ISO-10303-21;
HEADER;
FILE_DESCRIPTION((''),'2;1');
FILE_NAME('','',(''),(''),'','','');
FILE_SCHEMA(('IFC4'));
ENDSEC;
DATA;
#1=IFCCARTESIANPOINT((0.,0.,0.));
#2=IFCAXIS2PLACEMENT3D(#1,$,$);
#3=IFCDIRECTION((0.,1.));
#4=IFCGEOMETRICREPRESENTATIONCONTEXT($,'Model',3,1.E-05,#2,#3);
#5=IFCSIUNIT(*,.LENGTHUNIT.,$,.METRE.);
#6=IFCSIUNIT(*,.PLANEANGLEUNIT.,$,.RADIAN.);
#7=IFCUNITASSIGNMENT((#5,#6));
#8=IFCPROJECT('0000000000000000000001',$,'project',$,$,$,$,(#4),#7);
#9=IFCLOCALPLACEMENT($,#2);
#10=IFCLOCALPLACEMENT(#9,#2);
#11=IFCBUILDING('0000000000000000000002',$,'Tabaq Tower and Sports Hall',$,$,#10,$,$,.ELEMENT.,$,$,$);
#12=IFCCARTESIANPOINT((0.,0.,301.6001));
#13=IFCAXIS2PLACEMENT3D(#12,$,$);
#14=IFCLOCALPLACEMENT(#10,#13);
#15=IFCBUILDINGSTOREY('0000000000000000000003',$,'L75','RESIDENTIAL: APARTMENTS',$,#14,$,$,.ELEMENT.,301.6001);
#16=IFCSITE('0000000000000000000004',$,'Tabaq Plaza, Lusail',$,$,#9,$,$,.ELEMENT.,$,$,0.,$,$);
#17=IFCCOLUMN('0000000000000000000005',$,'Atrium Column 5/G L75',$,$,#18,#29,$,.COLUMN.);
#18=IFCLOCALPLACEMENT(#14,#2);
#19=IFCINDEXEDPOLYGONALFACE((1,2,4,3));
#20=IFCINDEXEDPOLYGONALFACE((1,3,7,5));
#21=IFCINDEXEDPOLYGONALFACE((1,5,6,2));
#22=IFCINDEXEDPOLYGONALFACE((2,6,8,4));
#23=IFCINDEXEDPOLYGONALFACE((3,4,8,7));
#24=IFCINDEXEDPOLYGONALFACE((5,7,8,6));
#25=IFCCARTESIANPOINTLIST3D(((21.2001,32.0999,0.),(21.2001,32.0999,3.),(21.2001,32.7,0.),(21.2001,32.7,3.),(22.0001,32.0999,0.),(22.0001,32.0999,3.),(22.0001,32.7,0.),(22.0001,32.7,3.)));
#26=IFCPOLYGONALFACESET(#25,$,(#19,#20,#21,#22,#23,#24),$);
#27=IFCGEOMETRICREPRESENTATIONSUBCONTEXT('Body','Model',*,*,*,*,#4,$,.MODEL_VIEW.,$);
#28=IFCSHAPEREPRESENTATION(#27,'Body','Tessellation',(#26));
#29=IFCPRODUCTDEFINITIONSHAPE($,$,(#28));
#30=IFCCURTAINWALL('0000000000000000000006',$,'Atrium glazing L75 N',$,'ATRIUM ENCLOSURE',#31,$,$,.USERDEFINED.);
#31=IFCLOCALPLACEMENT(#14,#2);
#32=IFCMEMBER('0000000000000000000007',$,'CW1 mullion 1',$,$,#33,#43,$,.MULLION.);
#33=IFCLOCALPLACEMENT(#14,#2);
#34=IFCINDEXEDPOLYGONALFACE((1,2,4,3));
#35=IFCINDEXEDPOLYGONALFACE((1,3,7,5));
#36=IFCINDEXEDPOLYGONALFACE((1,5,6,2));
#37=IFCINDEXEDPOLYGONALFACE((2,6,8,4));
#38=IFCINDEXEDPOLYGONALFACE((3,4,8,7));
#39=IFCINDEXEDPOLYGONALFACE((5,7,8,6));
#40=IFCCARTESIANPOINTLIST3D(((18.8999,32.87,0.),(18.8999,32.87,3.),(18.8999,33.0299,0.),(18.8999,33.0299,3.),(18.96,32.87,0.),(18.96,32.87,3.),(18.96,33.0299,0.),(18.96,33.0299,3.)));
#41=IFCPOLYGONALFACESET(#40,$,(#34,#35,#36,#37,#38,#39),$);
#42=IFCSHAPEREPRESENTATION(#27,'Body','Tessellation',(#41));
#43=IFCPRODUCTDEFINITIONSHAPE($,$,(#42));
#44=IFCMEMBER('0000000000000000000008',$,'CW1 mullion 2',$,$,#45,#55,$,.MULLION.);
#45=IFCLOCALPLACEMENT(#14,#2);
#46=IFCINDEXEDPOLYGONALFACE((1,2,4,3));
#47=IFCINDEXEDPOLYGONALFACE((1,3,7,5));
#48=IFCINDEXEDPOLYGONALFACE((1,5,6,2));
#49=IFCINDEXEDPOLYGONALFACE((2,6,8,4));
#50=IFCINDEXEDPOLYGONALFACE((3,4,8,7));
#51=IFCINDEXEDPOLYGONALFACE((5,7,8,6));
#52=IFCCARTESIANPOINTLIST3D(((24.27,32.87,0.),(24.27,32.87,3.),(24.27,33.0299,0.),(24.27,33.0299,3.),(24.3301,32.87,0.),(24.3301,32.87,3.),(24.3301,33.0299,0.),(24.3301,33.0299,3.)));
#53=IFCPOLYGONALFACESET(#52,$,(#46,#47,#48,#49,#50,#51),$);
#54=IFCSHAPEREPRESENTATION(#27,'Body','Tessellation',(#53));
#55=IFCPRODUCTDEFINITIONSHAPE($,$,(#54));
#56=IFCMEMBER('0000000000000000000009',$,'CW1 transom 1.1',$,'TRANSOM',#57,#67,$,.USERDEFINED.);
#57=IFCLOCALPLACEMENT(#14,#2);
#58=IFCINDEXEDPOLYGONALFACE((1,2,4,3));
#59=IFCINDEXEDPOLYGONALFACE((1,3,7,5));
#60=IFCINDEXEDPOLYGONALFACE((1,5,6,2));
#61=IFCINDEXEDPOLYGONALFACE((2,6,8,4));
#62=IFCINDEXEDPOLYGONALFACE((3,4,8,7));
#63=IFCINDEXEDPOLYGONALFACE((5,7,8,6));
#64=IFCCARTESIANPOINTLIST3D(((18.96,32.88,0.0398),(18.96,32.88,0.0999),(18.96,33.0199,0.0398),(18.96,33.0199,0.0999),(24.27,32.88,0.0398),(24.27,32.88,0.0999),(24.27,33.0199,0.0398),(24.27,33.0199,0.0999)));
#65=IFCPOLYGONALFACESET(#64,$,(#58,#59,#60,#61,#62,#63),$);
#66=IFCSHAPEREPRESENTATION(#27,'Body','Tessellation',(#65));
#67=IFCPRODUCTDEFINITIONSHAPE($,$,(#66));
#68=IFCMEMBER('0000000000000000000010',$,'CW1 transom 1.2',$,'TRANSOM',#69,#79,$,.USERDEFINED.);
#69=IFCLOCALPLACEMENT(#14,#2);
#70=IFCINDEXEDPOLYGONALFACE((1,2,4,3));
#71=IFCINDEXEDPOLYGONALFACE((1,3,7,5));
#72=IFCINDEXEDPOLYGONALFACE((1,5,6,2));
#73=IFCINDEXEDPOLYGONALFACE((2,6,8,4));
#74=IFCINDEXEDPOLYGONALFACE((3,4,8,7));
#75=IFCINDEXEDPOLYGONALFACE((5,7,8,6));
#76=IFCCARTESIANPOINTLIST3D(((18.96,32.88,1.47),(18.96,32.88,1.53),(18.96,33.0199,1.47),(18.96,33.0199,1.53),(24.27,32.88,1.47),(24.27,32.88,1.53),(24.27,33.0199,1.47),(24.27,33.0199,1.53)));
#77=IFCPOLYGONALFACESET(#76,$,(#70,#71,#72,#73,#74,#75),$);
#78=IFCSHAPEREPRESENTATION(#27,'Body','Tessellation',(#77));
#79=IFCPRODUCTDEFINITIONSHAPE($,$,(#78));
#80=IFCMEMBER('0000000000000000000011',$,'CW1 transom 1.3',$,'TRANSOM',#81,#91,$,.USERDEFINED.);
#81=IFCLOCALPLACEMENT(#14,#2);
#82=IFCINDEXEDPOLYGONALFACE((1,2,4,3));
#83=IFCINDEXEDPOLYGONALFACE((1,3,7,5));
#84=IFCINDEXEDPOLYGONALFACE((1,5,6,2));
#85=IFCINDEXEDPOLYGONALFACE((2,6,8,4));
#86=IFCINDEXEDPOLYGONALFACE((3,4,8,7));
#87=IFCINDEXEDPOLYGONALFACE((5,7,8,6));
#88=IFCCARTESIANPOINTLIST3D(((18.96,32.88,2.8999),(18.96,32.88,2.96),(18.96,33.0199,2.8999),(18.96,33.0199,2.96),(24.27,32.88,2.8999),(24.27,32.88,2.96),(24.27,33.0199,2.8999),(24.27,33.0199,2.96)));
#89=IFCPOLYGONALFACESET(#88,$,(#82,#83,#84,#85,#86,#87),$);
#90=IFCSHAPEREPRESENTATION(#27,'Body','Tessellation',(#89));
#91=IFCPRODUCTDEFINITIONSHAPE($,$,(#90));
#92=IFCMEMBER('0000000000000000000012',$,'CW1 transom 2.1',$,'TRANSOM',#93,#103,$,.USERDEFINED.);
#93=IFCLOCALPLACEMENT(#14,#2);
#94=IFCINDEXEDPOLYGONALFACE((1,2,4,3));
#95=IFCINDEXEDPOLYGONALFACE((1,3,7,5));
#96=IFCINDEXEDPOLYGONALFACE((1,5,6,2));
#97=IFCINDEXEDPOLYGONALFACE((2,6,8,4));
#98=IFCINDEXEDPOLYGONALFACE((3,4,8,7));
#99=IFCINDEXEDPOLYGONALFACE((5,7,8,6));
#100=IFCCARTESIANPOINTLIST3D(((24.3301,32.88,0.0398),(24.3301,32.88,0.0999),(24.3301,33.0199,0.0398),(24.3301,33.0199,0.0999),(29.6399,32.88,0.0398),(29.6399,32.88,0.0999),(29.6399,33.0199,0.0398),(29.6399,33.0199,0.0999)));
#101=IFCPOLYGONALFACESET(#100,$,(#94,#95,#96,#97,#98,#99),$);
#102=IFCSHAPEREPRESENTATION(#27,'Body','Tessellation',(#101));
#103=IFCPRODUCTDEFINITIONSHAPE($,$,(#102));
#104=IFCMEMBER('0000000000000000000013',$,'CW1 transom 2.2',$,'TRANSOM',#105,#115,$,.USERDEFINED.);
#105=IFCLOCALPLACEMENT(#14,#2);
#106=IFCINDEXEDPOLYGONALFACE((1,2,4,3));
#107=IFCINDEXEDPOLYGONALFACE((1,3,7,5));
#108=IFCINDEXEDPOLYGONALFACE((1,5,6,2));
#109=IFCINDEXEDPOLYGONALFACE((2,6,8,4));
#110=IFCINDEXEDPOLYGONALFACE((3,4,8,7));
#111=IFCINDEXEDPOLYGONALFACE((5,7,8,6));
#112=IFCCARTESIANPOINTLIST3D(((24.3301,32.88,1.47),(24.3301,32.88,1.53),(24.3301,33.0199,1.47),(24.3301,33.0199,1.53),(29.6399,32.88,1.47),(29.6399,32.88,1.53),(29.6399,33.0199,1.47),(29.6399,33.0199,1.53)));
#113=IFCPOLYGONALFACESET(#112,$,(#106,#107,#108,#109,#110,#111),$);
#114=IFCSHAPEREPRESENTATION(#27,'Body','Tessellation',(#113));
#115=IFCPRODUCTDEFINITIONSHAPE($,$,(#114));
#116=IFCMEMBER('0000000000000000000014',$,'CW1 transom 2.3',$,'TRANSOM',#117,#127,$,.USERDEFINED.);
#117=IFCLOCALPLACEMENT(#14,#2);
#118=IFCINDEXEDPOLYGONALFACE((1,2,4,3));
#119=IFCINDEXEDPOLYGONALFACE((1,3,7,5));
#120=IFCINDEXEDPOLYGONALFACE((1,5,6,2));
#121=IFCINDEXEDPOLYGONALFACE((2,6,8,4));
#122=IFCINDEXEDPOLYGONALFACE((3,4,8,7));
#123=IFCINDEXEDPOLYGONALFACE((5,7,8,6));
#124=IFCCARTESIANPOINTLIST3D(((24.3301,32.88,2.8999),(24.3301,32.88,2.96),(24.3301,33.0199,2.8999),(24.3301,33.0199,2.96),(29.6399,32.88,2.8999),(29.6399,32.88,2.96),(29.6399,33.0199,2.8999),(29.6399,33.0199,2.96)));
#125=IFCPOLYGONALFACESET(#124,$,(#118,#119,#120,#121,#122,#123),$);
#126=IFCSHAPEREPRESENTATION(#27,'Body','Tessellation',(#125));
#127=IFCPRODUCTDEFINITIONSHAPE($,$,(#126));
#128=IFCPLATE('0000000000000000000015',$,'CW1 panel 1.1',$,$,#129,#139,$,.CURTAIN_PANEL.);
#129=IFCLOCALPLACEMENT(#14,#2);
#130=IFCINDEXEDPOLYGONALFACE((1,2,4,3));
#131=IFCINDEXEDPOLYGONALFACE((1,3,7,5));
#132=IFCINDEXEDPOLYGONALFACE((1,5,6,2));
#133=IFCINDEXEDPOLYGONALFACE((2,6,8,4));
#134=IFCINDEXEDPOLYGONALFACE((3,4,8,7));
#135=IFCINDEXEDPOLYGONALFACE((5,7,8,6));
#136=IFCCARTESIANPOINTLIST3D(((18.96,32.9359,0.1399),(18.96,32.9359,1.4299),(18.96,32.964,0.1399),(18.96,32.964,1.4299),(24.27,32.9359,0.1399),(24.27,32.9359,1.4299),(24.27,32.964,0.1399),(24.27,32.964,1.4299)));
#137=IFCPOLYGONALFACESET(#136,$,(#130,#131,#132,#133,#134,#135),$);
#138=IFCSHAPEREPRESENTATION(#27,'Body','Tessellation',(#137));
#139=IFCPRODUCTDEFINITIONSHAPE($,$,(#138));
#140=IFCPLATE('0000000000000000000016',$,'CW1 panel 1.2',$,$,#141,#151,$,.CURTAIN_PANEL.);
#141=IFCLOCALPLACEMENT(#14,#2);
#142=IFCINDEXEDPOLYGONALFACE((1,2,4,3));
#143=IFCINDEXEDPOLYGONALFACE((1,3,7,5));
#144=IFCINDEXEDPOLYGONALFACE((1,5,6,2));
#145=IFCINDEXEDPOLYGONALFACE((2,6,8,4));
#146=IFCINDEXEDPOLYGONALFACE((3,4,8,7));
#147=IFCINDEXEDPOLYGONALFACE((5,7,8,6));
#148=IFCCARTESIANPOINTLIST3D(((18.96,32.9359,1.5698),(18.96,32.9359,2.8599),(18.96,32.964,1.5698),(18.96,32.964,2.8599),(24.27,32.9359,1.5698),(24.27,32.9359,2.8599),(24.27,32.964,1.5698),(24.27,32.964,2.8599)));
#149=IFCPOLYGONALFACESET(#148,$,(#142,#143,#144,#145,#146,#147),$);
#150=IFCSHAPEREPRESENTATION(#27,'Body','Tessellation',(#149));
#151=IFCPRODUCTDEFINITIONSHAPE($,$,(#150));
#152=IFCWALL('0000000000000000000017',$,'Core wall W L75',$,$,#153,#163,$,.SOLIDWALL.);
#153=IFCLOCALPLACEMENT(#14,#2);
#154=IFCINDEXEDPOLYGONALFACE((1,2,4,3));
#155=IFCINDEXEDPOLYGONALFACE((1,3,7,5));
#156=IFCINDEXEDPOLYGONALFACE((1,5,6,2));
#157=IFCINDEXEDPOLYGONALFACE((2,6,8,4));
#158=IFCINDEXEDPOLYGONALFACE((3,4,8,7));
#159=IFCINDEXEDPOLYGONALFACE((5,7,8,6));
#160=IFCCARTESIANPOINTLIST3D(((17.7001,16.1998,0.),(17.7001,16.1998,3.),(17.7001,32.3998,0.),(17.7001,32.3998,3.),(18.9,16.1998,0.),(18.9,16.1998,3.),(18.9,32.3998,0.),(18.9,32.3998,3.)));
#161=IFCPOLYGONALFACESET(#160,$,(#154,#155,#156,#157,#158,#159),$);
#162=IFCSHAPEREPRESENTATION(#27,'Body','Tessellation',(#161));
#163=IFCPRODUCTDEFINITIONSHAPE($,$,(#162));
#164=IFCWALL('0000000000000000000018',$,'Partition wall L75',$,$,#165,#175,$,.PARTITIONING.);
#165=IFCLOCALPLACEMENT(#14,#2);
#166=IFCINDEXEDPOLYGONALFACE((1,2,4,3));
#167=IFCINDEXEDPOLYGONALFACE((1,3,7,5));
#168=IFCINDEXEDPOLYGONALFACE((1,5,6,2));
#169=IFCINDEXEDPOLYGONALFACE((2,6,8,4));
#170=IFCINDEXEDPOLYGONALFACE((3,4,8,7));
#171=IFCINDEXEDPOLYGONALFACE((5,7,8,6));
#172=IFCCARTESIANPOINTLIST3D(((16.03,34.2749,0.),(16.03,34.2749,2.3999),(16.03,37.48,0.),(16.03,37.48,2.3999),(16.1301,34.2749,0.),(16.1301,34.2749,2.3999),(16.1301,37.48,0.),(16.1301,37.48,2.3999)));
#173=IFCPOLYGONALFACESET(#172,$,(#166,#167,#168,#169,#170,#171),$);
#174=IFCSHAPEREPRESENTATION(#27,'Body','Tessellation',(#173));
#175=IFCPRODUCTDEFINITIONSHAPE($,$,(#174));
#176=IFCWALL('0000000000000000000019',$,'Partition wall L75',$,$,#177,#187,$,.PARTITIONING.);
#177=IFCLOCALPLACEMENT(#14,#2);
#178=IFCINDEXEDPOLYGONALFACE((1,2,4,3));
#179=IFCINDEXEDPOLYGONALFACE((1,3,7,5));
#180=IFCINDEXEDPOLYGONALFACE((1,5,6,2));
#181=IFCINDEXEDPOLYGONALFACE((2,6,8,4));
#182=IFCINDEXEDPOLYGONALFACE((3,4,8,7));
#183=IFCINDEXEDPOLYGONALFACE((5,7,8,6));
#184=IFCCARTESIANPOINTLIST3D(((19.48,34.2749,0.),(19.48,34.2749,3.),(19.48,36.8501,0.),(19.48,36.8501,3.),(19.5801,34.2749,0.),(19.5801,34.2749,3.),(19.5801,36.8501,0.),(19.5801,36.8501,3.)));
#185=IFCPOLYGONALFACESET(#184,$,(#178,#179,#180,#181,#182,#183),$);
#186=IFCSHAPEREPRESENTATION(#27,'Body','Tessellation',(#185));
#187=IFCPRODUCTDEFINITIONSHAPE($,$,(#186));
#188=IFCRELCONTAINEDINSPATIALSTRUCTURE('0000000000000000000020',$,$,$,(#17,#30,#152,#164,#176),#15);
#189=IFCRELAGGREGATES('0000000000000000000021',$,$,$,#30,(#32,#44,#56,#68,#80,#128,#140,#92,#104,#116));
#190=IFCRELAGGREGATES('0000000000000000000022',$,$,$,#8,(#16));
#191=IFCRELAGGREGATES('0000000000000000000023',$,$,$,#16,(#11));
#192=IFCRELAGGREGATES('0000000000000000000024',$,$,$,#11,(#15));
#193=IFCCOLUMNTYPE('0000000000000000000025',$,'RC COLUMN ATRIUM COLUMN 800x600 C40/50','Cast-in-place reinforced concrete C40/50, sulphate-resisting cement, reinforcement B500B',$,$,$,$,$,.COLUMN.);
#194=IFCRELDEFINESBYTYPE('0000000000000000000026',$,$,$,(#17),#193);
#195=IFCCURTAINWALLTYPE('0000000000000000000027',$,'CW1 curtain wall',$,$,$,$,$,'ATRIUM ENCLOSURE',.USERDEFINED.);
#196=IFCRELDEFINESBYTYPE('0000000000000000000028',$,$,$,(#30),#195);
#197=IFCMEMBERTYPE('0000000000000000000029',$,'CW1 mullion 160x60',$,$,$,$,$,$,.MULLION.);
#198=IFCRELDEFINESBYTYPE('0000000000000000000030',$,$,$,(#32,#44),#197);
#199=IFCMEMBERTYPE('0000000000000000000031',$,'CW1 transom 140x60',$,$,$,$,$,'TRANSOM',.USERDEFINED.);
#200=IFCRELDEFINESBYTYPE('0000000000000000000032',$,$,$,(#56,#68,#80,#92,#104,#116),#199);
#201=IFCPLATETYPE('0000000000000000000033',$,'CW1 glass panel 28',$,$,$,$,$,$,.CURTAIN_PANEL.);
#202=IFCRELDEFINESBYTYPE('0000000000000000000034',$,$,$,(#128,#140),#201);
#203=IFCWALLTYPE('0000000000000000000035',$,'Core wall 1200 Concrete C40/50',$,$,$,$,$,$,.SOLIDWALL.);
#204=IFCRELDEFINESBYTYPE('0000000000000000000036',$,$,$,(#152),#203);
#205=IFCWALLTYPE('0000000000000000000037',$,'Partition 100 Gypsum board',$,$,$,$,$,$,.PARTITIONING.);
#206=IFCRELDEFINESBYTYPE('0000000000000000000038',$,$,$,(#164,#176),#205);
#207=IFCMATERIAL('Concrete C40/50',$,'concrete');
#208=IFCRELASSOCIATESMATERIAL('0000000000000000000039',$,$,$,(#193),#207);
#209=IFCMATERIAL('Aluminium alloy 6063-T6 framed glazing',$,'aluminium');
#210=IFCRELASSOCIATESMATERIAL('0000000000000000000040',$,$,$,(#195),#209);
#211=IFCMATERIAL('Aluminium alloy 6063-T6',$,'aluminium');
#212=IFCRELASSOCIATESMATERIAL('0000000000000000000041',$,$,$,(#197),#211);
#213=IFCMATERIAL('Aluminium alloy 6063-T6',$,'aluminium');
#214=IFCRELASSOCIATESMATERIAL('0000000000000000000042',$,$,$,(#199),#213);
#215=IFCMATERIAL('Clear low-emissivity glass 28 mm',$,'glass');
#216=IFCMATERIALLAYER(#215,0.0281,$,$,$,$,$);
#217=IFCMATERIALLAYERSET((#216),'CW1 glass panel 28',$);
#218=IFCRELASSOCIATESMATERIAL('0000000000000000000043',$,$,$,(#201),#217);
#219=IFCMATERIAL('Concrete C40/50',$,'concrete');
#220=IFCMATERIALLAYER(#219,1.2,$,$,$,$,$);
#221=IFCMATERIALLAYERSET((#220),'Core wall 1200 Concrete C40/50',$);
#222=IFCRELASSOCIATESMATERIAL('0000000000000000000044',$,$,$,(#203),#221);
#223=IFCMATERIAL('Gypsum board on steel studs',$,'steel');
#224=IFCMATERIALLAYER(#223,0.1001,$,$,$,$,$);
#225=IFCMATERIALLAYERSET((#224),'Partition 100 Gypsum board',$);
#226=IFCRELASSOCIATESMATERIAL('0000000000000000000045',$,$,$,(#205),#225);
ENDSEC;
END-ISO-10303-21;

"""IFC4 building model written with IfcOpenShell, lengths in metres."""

from ifc_helpers import new_model, si_unit, direction, frame, frame_2d, origin, origin_2d, place, context, subcontext, project, spatial, rectangle, extrude, material, layer, layer_set, material_profile, profile_set, type_object, element, aggregate, save


model = new_model("IFC4")

# Units and contexts
model_context = context("Model", 3, precision=1e-05, world=origin(), true_north=direction((0.0, 1.0)))
body_context = subcontext(model_context, "Body", "Model", "MODEL_VIEW")
ifc_project = project(units=[si_unit("LENGTHUNIT", "METRE"), si_unit("PLANEANGLEUNIT", "RADIAN")], contexts=[model_context])

# Site, building, storey
site_placement = place(None, origin())
site = spatial("IfcSite", under=ifc_project, at=site_placement, Name="Tabaq Plaza, Lusail", CompositionType="ELEMENT", RefElevation=0.0)
building_placement = place(site_placement, origin())
building = spatial("IfcBuilding", under=site, at=building_placement, Name="Tabaq Tower and Sports Hall", CompositionType="ELEMENT")
storey_placement = place(building_placement, frame((0.0, 0.0, 301.6001)))
storey = spatial("IfcBuildingStorey", under=building, at=storey_placement, Name="L75", Description="RESIDENTIAL: APARTMENTS", CompositionType="ELEMENT", Elevation=301.6001)

# Column
ifc_material_1 = material(Name="Concrete C40/50", Category="concrete")
ifc_material_profile_1 = material_profile(ifc_material_1, rectangle(XDim=0.8, YDim=0.6001, at=origin_2d()), Name="ATRIUM COLUMN 800x600")
ifc_profile_set_1 = profile_set([ifc_material_profile_1], Name="Concrete C40/50")
column_type = type_object("IfcColumnType", Name="RC COLUMN ATRIUM COLUMN 800x600 C40/50", Description="Cast-in-place reinforced concrete C40/50, sulphate-resisting cement, reinforcement B500B", PredefinedType="COLUMN", material=ifc_profile_set_1)
column_placement = place(storey_placement, frame((21.6001, 32.3999, 0.0), z_axis=(0.0, 0.0, 1.0), x_axis=(1.0, 0.0, 0.0)))
element("IfcColumn", 1, at=column_placement, inside=storey, type_object=column_type, Name="Atrium Column 5/G L75", PredefinedType="COLUMN", context=body_context, shape_type="SweptSolid", body=[
    extrude(rectangle(XDim=0.8, YDim=0.6001, at=origin_2d()), origin(), (0.0, 0.0, 1.0), 3.0),
])

# Curtain wall, members, plates
ifc_material_2 = material(Name="Aluminium alloy 6063-T6 framed glazing", Category="aluminium")
curtain_wall_type = type_object("IfcCurtainWallType", Name="CW1 curtain wall", ElementType="ATRIUM ENCLOSURE", PredefinedType="USERDEFINED", material=ifc_material_2)
curtain_wall_placement = place(storey_placement, origin())
curtain_wall = element("IfcCurtainWall", 2, at=curtain_wall_placement, inside=storey, type_object=curtain_wall_type, Name="Atrium glazing L75 N", ObjectType="ATRIUM ENCLOSURE", PredefinedType="USERDEFINED")
ifc_material_3 = material(Name="Aluminium alloy 6063-T6", Category="aluminium")
ifc_material_profile_2 = material_profile(ifc_material_3, rectangle(XDim=0.1599, YDim=0.0601, at=origin_2d()), Name="MULLION 160x60")
ifc_profile_set_2 = profile_set([ifc_material_profile_2], Name="Aluminium alloy 6063-T6")
member_type_1 = type_object("IfcMemberType", Name="CW1 mullion 160x60", PredefinedType="MULLION", material=ifc_profile_set_2)
member_1_placement = place(storey_placement, frame((18.9299, 32.95, 0.0), z_axis=(0.0, 0.0, 1.0), x_axis=(0.0, 1.0, 0.0)))
member_1 = element("IfcMember", 3, at=member_1_placement, type_object=member_type_1, Name="CW1 mullion 1", PredefinedType="MULLION", context=body_context, shape_type="SweptSolid", body=[
    extrude(rectangle(XDim=0.1599, YDim=0.0601, at=origin_2d()), origin(), (0.0, 0.0, 1.0), 3.0),
])
member_2_placement = place(storey_placement, frame((24.3, 32.95, 0.0), z_axis=(0.0, 0.0, 1.0), x_axis=(0.0, 1.0, 0.0)))
member_2 = element("IfcMember", 4, at=member_2_placement, type_object=member_type_1, Name="CW1 mullion 2", PredefinedType="MULLION", context=body_context, shape_type="SweptSolid", body=[
    extrude(rectangle(XDim=0.1599, YDim=0.0601, at=origin_2d()), origin(), (0.0, 0.0, 1.0), 3.0),
])
ifc_material_4 = material(Name="Aluminium alloy 6063-T6", Category="aluminium")
ifc_material_profile_3 = material_profile(ifc_material_4, rectangle(XDim=0.1399, YDim=0.0601, at=origin_2d()), Name="TRANSOM 140x60")
ifc_profile_set_3 = profile_set([ifc_material_profile_3], Name="Aluminium alloy 6063-T6")
member_type_2 = type_object("IfcMemberType", Name="CW1 transom 140x60", ElementType="TRANSOM", PredefinedType="USERDEFINED", material=ifc_profile_set_3)
member_3_placement = place(storey_placement, frame((18.96, 32.95, 0.0698), z_axis=(1.0, 0.0, 0.0), x_axis=(0.0, 1.0, 0.0)))
member_3 = element("IfcMember", 5, at=member_3_placement, type_object=member_type_2, Name="CW1 transom 1.1", ObjectType="TRANSOM", PredefinedType="USERDEFINED", context=body_context, shape_type="SweptSolid", body=[
    extrude(rectangle(XDim=0.1399, YDim=0.0601, at=origin_2d()), origin(), (0.0, 0.0, 1.0), 5.3101),
])
member_4_placement = place(storey_placement, frame((18.96, 32.95, 1.5), z_axis=(1.0, 0.0, 0.0), x_axis=(0.0, 1.0, 0.0)))
member_4 = element("IfcMember", 6, at=member_4_placement, type_object=member_type_2, Name="CW1 transom 1.2", ObjectType="TRANSOM", PredefinedType="USERDEFINED", context=body_context, shape_type="SweptSolid", body=[
    extrude(rectangle(XDim=0.1399, YDim=0.0601, at=origin_2d()), origin(), (0.0, 0.0, 1.0), 5.3101),
])
member_5_placement = place(storey_placement, frame((18.96, 32.95, 2.9299), z_axis=(1.0, 0.0, 0.0), x_axis=(0.0, 1.0, 0.0)))
member_5 = element("IfcMember", 7, at=member_5_placement, type_object=member_type_2, Name="CW1 transom 1.3", ObjectType="TRANSOM", PredefinedType="USERDEFINED", context=body_context, shape_type="SweptSolid", body=[
    extrude(rectangle(XDim=0.1399, YDim=0.0601, at=origin_2d()), origin(), (0.0, 0.0, 1.0), 5.3101),
])
member_6_placement = place(storey_placement, frame((24.3301, 32.95, 0.0698), z_axis=(1.0, 0.0, 0.0), x_axis=(0.0, 1.0, 0.0)))
member_6 = element("IfcMember", 8, at=member_6_placement, type_object=member_type_2, Name="CW1 transom 2.1", ObjectType="TRANSOM", PredefinedType="USERDEFINED", context=body_context, shape_type="SweptSolid", body=[
    extrude(rectangle(XDim=0.1399, YDim=0.0601, at=origin_2d()), origin(), (0.0, 0.0, 1.0), 5.3098),
])
member_7_placement = place(storey_placement, frame((24.3301, 32.95, 1.5), z_axis=(1.0, 0.0, 0.0), x_axis=(0.0, 1.0, 0.0)))
member_7 = element("IfcMember", 9, at=member_7_placement, type_object=member_type_2, Name="CW1 transom 2.2", ObjectType="TRANSOM", PredefinedType="USERDEFINED", context=body_context, shape_type="SweptSolid", body=[
    extrude(rectangle(XDim=0.1399, YDim=0.0601, at=origin_2d()), origin(), (0.0, 0.0, 1.0), 5.3098),
])
member_8_placement = place(storey_placement, frame((24.3301, 32.95, 2.9299), z_axis=(1.0, 0.0, 0.0), x_axis=(0.0, 1.0, 0.0)))
member_8 = element("IfcMember", 10, at=member_8_placement, type_object=member_type_2, Name="CW1 transom 2.3", ObjectType="TRANSOM", PredefinedType="USERDEFINED", context=body_context, shape_type="SweptSolid", body=[
    extrude(rectangle(XDim=0.1399, YDim=0.0601, at=origin_2d()), origin(), (0.0, 0.0, 1.0), 5.3098),
])
ifc_material_5 = material(Name="Clear low-emissivity glass 28 mm", Category="glass")
ifc_layer_1 = layer(ifc_material_5, 0.0281)
ifc_layer_set_1 = layer_set([ifc_layer_1], Name="CW1 glass panel 28")
plate_type = type_object("IfcPlateType", Name="CW1 glass panel 28", PredefinedType="CURTAIN_PANEL", material=ifc_layer_set_1)
plate_1_placement = place(storey_placement, frame((21.615, 32.95, 0.1399), z_axis=(0.0, 0.0, 1.0), x_axis=(1.0, 0.0, 0.0)))
plate_1 = element("IfcPlate", 11, at=plate_1_placement, type_object=plate_type, Name="CW1 panel 1.1", PredefinedType="CURTAIN_PANEL", context=body_context, shape_type="SweptSolid", body=[
    extrude(rectangle(XDim=5.3101, YDim=0.0281, at=origin_2d()), origin(), (0.0, 0.0, 1.0), 1.29),
])
plate_2_placement = place(storey_placement, frame((21.615, 32.95, 1.5698), z_axis=(0.0, 0.0, 1.0), x_axis=(1.0, 0.0, 0.0)))
plate_2 = element("IfcPlate", 12, at=plate_2_placement, type_object=plate_type, Name="CW1 panel 1.2", PredefinedType="CURTAIN_PANEL", context=body_context, shape_type="SweptSolid", body=[
    extrude(rectangle(XDim=5.3101, YDim=0.0281, at=origin_2d()), origin(), (0.0, 0.0, 1.0), 1.29),
])
aggregate(curtain_wall, [member_1, member_2, member_3, member_4, member_5, plate_1, plate_2, member_6, member_7, member_8])

# Walls
ifc_material_6 = material(Name="Concrete C40/50", Category="concrete")
ifc_layer_2 = layer(ifc_material_6, 1.2)
ifc_layer_set_2 = layer_set([ifc_layer_2], Name="Core wall 1200 Concrete C40/50")
wall_type_1 = type_object("IfcWallType", Name="Core wall 1200 Concrete C40/50", PredefinedType="SOLIDWALL", material=ifc_layer_set_2)
wall_1_placement = place(storey_placement, frame((18.3, 32.3999, 0.0), z_axis=(0.0, 0.0, 1.0), x_axis=(0.0, -1.0, 0.0)))
element("IfcWall", 13, at=wall_1_placement, inside=storey, type_object=wall_type_1, Name="Core wall W L75", PredefinedType="SOLIDWALL", context=body_context, shape_type="SweptSolid", body=[
    extrude(rectangle(XDim=16.2, YDim=1.2, at=frame_2d((8.1001, 0.0))), origin(), (0.0, 0.0, 1.0), 3.0),
])
ifc_material_7 = material(Name="Gypsum board on steel studs", Category="steel")
ifc_layer_3 = layer(ifc_material_7, 0.1001)
ifc_layer_set_3 = layer_set([ifc_layer_3], Name="Partition 100 Gypsum board")
wall_type_2 = type_object("IfcWallType", Name="Partition 100 Gypsum board", PredefinedType="PARTITIONING", material=ifc_layer_set_3)
wall_2_placement = place(storey_placement, frame((16.0801, 34.2749, 0.0), z_axis=(0.0, 0.0, 1.0), x_axis=(0.0, 1.0, 0.0)))
element("IfcWall", 14, at=wall_2_placement, inside=storey, type_object=wall_type_2, Name="Partition wall L75", PredefinedType="PARTITIONING", context=body_context, shape_type="SweptSolid", body=[
    extrude(rectangle(XDim=3.2051, YDim=0.1001, at=frame_2d((1.6025, 0.0))), origin(), (0.0, 0.0, 1.0), 2.3999),
])
wall_3_placement = place(storey_placement, frame((19.53, 34.2749, 0.0), z_axis=(0.0, 0.0, 1.0), x_axis=(0.0, 1.0, 0.0)))
element("IfcWall", 15, at=wall_3_placement, inside=storey, type_object=wall_type_2, Name="Partition wall L75", PredefinedType="PARTITIONING", context=body_context, shape_type="SweptSolid", body=[
    extrude(rectangle(XDim=2.5752, YDim=0.1001, at=frame_2d((1.2876, 0.0))), origin(), (0.0, 0.0, 1.0), 3.0),
])

save(model, "model.ifc")
